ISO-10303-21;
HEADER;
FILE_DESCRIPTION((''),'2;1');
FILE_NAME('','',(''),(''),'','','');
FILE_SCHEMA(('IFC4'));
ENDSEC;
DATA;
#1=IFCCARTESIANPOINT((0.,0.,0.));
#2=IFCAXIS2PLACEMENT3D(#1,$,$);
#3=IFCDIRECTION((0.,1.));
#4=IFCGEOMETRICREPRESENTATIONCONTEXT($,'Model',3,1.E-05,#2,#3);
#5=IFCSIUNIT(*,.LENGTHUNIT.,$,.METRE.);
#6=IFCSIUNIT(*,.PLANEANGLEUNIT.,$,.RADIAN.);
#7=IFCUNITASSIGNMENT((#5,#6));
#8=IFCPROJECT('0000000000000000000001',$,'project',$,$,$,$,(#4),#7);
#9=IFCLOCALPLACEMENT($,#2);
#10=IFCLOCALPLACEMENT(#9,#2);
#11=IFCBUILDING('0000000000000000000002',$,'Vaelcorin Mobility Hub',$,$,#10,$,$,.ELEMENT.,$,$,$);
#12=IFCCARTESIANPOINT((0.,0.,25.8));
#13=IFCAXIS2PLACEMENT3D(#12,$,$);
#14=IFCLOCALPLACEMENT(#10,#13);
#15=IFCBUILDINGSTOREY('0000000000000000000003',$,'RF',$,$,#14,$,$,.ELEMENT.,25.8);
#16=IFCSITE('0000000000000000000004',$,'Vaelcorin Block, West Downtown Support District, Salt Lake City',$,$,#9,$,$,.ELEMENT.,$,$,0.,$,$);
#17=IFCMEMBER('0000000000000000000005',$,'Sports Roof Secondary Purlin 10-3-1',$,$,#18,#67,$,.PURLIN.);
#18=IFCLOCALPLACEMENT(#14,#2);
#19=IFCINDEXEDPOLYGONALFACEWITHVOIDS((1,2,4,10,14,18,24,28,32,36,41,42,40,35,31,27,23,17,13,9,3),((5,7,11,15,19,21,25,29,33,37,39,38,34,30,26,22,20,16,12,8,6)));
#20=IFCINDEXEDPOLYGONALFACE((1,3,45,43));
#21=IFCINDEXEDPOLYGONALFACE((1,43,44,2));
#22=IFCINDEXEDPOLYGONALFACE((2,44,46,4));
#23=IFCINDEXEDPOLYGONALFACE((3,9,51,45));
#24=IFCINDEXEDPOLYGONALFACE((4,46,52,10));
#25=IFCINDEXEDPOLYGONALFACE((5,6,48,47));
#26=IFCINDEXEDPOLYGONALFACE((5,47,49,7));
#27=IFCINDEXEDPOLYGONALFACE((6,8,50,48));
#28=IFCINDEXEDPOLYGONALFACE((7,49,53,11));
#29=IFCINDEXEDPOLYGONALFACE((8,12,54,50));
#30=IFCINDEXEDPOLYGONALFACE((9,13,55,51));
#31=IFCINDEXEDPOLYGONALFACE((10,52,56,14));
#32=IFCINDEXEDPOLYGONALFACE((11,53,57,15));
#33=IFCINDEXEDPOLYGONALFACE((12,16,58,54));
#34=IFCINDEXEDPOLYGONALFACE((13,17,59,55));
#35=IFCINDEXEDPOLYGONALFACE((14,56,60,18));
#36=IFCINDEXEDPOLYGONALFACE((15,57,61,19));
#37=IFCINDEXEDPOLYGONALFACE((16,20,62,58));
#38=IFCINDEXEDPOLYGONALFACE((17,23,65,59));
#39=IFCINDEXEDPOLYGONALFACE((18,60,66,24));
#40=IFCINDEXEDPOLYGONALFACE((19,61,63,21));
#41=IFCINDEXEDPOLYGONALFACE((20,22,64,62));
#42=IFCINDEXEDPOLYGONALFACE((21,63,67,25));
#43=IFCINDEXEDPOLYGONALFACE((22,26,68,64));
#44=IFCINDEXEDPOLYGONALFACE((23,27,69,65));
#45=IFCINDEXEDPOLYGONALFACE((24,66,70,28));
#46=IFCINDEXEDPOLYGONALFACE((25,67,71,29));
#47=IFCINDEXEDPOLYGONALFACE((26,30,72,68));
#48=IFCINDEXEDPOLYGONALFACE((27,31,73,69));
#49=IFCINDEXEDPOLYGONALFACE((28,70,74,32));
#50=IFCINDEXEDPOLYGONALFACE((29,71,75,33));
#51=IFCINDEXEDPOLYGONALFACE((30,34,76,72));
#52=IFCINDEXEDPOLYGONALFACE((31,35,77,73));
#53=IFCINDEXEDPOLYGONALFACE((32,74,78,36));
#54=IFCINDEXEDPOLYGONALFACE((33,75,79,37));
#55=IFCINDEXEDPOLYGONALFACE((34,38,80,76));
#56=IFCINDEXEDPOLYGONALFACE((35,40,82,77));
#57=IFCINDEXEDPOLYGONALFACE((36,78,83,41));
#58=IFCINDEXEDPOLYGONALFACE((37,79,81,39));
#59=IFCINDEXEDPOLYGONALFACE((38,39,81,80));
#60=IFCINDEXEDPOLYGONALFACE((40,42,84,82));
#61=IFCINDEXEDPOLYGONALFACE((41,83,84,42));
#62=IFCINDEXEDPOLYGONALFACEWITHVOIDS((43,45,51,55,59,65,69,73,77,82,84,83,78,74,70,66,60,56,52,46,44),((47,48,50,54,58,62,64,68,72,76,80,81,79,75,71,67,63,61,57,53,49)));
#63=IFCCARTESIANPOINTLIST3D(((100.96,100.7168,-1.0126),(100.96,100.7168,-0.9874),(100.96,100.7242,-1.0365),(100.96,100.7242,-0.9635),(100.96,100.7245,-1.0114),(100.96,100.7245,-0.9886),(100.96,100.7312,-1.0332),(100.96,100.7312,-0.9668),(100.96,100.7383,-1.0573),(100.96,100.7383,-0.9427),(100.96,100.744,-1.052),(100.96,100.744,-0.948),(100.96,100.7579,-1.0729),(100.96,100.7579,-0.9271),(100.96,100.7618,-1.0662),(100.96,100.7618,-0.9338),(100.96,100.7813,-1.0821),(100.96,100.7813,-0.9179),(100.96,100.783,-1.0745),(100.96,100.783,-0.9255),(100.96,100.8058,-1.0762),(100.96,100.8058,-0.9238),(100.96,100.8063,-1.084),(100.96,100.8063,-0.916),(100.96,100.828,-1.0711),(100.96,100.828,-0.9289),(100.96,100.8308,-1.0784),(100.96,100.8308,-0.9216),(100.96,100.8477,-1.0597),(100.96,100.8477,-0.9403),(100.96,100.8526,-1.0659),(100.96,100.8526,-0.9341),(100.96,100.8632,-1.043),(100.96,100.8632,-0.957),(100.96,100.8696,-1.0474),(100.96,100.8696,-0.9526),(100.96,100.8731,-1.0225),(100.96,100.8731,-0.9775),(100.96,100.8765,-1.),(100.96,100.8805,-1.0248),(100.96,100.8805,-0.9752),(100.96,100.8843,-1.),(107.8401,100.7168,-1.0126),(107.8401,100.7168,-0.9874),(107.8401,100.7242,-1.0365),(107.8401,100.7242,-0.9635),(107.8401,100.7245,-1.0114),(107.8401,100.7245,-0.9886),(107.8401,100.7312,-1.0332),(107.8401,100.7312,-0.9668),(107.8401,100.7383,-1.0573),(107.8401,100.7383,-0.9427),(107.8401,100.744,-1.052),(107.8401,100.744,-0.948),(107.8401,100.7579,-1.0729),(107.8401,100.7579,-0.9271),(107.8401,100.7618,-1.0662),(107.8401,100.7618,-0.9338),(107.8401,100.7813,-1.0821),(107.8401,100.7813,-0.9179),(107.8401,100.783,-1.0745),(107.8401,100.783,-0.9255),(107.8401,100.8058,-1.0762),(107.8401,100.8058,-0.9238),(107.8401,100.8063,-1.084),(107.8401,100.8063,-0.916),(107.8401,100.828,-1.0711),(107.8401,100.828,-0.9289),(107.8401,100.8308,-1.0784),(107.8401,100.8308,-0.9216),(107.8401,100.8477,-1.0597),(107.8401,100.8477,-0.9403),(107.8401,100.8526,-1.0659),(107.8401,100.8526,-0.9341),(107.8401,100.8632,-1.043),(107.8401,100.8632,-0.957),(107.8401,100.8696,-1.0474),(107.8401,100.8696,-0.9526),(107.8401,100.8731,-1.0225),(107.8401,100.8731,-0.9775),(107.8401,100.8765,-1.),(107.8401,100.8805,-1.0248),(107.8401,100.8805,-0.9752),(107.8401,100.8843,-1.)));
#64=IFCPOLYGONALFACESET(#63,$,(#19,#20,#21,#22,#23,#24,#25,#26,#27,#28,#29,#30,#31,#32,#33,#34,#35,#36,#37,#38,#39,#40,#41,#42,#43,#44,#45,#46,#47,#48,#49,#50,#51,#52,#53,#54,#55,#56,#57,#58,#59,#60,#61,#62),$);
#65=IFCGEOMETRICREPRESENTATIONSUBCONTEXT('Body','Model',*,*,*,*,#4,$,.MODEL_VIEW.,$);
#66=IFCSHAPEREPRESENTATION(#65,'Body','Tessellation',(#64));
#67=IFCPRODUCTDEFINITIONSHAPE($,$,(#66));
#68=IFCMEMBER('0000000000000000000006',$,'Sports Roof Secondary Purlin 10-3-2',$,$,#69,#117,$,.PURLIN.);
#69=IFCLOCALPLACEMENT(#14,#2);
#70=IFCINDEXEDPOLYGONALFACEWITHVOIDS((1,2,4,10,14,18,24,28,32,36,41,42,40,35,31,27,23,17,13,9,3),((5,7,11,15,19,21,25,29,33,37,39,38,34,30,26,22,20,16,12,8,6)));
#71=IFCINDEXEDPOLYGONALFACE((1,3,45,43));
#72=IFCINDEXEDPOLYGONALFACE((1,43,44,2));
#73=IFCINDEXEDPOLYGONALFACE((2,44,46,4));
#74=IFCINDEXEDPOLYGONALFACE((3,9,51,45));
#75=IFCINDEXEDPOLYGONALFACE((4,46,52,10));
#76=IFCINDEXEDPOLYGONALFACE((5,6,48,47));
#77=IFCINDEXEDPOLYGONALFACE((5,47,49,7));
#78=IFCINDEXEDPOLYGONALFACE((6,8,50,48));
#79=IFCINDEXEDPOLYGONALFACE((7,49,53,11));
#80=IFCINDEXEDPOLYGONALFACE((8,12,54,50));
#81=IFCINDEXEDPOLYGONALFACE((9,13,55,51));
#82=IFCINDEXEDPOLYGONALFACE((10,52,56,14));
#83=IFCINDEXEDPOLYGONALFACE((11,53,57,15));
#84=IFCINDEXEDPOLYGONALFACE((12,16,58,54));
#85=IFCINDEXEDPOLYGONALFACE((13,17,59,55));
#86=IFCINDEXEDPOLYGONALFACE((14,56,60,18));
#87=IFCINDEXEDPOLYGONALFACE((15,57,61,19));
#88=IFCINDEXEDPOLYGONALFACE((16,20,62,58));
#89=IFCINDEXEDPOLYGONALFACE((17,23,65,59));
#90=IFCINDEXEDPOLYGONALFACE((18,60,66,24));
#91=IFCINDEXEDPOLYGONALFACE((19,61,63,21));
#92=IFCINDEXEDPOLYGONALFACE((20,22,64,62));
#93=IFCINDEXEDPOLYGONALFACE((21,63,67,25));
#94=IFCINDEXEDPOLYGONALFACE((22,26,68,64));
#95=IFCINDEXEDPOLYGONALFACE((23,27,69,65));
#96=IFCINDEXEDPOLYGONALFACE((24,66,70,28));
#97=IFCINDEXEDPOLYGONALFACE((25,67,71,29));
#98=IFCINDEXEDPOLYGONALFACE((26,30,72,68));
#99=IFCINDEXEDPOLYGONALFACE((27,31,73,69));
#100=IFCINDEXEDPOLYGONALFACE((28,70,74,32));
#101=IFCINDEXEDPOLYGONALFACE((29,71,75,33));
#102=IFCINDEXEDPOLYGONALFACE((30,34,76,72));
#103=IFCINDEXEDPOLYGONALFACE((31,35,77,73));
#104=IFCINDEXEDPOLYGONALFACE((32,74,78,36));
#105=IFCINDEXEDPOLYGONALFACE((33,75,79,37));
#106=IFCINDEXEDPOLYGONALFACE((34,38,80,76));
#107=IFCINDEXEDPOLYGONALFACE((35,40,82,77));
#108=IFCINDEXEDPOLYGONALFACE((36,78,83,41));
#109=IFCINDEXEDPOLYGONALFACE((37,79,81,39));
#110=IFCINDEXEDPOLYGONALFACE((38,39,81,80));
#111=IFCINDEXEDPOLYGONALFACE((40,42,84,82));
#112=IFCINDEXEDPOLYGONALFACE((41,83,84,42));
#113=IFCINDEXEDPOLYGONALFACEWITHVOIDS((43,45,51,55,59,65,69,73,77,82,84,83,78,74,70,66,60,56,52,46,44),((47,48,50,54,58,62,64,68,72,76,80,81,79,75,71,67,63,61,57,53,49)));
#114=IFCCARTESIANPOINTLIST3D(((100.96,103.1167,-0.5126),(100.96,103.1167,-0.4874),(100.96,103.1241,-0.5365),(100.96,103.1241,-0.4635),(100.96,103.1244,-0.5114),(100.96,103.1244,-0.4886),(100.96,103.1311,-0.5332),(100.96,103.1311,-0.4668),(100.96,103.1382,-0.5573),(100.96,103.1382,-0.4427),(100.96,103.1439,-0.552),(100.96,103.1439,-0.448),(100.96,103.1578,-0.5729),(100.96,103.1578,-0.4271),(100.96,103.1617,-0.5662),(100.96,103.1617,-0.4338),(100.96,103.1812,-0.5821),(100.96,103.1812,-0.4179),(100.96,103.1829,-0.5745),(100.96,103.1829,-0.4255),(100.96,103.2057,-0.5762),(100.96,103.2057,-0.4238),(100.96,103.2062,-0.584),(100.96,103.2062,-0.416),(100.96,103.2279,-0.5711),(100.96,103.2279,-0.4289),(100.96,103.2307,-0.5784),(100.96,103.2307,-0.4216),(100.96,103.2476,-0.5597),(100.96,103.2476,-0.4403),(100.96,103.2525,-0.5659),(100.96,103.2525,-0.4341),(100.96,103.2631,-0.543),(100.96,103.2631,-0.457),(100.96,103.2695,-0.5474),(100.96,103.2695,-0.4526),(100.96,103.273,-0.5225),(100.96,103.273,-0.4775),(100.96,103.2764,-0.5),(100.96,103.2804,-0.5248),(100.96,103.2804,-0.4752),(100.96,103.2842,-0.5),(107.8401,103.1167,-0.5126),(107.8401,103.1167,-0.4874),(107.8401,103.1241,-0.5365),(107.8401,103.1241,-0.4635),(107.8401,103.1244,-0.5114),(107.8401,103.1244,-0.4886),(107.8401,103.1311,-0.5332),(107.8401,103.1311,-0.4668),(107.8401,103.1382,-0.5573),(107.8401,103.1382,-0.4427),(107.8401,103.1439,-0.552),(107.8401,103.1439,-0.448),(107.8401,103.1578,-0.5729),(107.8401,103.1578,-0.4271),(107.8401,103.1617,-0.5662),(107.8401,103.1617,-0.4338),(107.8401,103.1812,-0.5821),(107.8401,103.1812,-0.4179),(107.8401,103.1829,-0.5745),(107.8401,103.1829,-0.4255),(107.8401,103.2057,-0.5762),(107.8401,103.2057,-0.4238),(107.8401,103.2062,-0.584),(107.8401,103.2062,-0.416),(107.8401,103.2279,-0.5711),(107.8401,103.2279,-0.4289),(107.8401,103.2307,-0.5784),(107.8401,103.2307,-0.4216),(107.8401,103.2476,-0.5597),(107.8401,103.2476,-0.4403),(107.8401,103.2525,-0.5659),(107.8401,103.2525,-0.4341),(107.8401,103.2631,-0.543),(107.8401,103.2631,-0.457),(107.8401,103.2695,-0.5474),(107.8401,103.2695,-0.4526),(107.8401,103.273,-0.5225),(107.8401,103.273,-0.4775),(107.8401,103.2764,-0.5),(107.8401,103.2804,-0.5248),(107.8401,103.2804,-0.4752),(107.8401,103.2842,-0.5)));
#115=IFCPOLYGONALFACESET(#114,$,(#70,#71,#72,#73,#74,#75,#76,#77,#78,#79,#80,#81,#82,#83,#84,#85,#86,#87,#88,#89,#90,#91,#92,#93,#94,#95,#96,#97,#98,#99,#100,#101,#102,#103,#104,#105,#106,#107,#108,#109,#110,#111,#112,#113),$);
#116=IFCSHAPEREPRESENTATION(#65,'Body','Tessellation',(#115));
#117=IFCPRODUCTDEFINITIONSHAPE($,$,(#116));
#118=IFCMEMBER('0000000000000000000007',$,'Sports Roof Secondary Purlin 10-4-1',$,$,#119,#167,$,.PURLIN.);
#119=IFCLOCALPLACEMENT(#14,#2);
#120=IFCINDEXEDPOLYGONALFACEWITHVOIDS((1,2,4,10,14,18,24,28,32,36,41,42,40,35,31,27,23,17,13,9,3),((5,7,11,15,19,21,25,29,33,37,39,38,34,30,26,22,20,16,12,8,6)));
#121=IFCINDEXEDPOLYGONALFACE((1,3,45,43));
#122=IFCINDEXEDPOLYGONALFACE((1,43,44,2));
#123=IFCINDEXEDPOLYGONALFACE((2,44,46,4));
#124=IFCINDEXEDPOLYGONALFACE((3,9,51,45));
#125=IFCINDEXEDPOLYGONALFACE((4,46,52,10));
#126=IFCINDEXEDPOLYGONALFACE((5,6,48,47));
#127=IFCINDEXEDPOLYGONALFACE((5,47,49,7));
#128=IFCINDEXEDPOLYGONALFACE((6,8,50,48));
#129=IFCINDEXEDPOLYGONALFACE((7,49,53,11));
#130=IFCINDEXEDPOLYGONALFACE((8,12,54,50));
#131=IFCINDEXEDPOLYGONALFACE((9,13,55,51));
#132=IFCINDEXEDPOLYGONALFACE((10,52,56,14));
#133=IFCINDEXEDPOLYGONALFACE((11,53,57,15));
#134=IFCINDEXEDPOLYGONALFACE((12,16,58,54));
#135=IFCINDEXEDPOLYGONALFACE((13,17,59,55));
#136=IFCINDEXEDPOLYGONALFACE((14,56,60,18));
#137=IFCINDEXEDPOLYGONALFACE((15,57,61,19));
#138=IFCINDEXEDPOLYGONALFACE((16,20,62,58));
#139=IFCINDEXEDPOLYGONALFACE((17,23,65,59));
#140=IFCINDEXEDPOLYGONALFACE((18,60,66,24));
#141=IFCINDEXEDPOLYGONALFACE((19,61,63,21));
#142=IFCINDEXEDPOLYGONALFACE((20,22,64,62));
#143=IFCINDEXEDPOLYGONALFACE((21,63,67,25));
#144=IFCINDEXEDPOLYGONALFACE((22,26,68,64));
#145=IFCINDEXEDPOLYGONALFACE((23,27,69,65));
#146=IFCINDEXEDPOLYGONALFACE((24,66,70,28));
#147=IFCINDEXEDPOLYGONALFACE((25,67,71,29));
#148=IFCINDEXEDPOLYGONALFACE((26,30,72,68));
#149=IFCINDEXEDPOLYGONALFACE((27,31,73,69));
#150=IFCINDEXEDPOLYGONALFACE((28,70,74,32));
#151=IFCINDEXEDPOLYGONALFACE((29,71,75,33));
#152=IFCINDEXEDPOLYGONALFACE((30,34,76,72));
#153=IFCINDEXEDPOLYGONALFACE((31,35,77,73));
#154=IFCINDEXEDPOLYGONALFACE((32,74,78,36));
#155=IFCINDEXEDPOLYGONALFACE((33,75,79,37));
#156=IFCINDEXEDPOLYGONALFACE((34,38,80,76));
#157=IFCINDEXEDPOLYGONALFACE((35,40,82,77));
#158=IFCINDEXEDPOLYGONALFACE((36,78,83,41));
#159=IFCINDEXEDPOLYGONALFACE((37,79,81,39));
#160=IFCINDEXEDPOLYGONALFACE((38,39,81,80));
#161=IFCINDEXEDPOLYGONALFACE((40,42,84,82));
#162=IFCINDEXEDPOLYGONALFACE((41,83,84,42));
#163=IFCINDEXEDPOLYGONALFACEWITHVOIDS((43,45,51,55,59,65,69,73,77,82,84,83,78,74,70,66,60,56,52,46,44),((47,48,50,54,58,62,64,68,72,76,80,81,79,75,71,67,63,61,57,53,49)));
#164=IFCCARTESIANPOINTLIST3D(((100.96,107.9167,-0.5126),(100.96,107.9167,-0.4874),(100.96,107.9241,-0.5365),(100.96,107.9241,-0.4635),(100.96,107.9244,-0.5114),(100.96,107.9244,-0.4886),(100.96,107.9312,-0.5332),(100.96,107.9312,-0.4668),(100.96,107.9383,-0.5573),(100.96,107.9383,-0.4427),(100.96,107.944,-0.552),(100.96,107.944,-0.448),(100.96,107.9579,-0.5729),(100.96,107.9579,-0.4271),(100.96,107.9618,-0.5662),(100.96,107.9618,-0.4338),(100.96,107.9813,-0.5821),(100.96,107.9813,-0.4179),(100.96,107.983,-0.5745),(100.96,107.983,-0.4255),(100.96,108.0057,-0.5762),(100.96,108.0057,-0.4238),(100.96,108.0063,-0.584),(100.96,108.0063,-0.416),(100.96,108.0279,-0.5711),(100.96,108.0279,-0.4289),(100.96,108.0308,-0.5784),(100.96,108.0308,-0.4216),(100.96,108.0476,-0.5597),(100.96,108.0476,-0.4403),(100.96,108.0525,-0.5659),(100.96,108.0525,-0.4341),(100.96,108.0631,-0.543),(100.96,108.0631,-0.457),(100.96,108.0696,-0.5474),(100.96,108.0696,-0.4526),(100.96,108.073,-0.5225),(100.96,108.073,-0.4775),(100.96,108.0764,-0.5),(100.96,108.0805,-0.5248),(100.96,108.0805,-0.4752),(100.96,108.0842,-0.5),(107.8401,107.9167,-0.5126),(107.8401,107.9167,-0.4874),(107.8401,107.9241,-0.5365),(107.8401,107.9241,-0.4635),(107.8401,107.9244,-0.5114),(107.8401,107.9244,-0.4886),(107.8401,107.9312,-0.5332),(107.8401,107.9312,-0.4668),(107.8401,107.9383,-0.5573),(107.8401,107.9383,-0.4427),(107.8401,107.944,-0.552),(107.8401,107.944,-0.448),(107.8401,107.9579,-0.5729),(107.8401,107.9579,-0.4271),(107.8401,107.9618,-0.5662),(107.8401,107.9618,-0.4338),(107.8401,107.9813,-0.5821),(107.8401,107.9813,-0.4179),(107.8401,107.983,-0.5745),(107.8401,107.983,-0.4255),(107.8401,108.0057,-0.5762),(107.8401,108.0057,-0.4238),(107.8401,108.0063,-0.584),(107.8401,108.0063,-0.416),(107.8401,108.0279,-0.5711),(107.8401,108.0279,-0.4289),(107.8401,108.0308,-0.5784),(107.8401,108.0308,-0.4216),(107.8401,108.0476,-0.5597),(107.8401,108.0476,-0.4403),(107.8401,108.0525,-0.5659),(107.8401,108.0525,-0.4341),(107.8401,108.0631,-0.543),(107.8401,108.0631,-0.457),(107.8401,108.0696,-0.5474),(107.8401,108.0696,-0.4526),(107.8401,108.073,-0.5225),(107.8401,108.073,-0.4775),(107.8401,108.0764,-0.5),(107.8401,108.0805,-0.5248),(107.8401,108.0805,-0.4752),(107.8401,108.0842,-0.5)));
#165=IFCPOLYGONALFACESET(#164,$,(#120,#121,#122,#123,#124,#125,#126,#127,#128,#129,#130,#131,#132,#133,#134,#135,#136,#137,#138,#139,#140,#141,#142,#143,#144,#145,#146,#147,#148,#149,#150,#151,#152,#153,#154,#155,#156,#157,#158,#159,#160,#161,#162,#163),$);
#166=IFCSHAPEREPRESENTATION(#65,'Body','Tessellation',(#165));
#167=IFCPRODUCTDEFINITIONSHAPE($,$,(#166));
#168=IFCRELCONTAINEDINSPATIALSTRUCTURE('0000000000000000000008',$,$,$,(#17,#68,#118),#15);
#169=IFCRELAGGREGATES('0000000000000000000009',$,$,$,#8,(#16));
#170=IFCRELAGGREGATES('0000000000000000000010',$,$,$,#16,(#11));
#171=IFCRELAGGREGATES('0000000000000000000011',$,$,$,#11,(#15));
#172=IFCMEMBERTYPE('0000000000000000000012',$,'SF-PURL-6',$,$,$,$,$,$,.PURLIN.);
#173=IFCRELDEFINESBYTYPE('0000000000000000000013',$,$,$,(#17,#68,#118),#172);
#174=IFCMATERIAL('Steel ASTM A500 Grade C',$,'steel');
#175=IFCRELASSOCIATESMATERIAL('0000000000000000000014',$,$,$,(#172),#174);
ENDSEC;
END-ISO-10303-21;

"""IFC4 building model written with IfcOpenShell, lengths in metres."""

from ifc_helpers import new_model, si_unit, direction, frame, origin, origin_2d, place, context, subcontext, project, spatial, hollow_circle, extrude, material, material_profile, profile_set, type_object, element, save


model = new_model("IFC4")

# Units and contexts
model_context = context("Model", 3, precision=1e-05, world=origin(), true_north=direction((0.0, 1.0)))
body_context = subcontext(model_context, "Body", "Model", "MODEL_VIEW")
ifc_project = project(units=[si_unit("LENGTHUNIT", "METRE"), si_unit("PLANEANGLEUNIT", "RADIAN")], contexts=[model_context])

# Site, building, storey
site_placement = place(None, origin())
site = spatial("IfcSite", under=ifc_project, at=site_placement, Name="Vaelcorin Block, West Downtown Support District, Salt Lake City", CompositionType="ELEMENT", RefElevation=0.0)
building_placement = place(site_placement, origin())
building = spatial("IfcBuilding", under=site, at=building_placement, Name="Vaelcorin Mobility Hub", CompositionType="ELEMENT")
storey_placement = place(building_placement, frame((0.0, 0.0, 25.8)))
storey = spatial("IfcBuildingStorey", under=building, at=storey_placement, Name="RF", CompositionType="ELEMENT", Elevation=25.8)

# Members
ifc_material_1 = material(Name="Steel ASTM A500 Grade C", Category="steel")
ifc_material_profile_1 = material_profile(ifc_material_1, hollow_circle(Radius=0.0842, WallThickness=0.0078, at=origin_2d()), Name="HSS6.625X0.312")
ifc_profile_set_1 = profile_set([ifc_material_profile_1], Name="Steel ASTM A500 Grade C")
member_type_1 = type_object("IfcMemberType", Name="SF-PURL-6", PredefinedType="PURLIN", material=ifc_profile_set_1)
for number, where, z_axis, x_axis, name in (
    (1, (100.96, 100.8, -1.0), (1.0, 0.0, 0.0), (0.0, 1.0, 0.0), "Sports Roof Secondary Purlin 10-3-1"),
    (2, (100.96, 103.2, -0.5), (1.0, 0.0, 0.0), (0.0, 1.0, 0.0), "Sports Roof Secondary Purlin 10-3-2"),
    (3, (100.96, 108.0, -0.5), (1.0, 0.0, 0.0), (0.0, 1.0, 0.0), "Sports Roof Secondary Purlin 10-4-1"),
):
    element("IfcMember", number, at=place(storey_placement, frame(where, z_axis=z_axis, x_axis=x_axis)), inside=storey, type_object=member_type_1, Name=name, PredefinedType="PURLIN", context=body_context, shape_type="SweptSolid", body=[
        extrude(hollow_circle(Radius=0.0842, WallThickness=0.0078, at=origin_2d()), origin(), (0.0, 0.0, 1.0), 6.8801),
    ])

save(model, "model.ifc")
